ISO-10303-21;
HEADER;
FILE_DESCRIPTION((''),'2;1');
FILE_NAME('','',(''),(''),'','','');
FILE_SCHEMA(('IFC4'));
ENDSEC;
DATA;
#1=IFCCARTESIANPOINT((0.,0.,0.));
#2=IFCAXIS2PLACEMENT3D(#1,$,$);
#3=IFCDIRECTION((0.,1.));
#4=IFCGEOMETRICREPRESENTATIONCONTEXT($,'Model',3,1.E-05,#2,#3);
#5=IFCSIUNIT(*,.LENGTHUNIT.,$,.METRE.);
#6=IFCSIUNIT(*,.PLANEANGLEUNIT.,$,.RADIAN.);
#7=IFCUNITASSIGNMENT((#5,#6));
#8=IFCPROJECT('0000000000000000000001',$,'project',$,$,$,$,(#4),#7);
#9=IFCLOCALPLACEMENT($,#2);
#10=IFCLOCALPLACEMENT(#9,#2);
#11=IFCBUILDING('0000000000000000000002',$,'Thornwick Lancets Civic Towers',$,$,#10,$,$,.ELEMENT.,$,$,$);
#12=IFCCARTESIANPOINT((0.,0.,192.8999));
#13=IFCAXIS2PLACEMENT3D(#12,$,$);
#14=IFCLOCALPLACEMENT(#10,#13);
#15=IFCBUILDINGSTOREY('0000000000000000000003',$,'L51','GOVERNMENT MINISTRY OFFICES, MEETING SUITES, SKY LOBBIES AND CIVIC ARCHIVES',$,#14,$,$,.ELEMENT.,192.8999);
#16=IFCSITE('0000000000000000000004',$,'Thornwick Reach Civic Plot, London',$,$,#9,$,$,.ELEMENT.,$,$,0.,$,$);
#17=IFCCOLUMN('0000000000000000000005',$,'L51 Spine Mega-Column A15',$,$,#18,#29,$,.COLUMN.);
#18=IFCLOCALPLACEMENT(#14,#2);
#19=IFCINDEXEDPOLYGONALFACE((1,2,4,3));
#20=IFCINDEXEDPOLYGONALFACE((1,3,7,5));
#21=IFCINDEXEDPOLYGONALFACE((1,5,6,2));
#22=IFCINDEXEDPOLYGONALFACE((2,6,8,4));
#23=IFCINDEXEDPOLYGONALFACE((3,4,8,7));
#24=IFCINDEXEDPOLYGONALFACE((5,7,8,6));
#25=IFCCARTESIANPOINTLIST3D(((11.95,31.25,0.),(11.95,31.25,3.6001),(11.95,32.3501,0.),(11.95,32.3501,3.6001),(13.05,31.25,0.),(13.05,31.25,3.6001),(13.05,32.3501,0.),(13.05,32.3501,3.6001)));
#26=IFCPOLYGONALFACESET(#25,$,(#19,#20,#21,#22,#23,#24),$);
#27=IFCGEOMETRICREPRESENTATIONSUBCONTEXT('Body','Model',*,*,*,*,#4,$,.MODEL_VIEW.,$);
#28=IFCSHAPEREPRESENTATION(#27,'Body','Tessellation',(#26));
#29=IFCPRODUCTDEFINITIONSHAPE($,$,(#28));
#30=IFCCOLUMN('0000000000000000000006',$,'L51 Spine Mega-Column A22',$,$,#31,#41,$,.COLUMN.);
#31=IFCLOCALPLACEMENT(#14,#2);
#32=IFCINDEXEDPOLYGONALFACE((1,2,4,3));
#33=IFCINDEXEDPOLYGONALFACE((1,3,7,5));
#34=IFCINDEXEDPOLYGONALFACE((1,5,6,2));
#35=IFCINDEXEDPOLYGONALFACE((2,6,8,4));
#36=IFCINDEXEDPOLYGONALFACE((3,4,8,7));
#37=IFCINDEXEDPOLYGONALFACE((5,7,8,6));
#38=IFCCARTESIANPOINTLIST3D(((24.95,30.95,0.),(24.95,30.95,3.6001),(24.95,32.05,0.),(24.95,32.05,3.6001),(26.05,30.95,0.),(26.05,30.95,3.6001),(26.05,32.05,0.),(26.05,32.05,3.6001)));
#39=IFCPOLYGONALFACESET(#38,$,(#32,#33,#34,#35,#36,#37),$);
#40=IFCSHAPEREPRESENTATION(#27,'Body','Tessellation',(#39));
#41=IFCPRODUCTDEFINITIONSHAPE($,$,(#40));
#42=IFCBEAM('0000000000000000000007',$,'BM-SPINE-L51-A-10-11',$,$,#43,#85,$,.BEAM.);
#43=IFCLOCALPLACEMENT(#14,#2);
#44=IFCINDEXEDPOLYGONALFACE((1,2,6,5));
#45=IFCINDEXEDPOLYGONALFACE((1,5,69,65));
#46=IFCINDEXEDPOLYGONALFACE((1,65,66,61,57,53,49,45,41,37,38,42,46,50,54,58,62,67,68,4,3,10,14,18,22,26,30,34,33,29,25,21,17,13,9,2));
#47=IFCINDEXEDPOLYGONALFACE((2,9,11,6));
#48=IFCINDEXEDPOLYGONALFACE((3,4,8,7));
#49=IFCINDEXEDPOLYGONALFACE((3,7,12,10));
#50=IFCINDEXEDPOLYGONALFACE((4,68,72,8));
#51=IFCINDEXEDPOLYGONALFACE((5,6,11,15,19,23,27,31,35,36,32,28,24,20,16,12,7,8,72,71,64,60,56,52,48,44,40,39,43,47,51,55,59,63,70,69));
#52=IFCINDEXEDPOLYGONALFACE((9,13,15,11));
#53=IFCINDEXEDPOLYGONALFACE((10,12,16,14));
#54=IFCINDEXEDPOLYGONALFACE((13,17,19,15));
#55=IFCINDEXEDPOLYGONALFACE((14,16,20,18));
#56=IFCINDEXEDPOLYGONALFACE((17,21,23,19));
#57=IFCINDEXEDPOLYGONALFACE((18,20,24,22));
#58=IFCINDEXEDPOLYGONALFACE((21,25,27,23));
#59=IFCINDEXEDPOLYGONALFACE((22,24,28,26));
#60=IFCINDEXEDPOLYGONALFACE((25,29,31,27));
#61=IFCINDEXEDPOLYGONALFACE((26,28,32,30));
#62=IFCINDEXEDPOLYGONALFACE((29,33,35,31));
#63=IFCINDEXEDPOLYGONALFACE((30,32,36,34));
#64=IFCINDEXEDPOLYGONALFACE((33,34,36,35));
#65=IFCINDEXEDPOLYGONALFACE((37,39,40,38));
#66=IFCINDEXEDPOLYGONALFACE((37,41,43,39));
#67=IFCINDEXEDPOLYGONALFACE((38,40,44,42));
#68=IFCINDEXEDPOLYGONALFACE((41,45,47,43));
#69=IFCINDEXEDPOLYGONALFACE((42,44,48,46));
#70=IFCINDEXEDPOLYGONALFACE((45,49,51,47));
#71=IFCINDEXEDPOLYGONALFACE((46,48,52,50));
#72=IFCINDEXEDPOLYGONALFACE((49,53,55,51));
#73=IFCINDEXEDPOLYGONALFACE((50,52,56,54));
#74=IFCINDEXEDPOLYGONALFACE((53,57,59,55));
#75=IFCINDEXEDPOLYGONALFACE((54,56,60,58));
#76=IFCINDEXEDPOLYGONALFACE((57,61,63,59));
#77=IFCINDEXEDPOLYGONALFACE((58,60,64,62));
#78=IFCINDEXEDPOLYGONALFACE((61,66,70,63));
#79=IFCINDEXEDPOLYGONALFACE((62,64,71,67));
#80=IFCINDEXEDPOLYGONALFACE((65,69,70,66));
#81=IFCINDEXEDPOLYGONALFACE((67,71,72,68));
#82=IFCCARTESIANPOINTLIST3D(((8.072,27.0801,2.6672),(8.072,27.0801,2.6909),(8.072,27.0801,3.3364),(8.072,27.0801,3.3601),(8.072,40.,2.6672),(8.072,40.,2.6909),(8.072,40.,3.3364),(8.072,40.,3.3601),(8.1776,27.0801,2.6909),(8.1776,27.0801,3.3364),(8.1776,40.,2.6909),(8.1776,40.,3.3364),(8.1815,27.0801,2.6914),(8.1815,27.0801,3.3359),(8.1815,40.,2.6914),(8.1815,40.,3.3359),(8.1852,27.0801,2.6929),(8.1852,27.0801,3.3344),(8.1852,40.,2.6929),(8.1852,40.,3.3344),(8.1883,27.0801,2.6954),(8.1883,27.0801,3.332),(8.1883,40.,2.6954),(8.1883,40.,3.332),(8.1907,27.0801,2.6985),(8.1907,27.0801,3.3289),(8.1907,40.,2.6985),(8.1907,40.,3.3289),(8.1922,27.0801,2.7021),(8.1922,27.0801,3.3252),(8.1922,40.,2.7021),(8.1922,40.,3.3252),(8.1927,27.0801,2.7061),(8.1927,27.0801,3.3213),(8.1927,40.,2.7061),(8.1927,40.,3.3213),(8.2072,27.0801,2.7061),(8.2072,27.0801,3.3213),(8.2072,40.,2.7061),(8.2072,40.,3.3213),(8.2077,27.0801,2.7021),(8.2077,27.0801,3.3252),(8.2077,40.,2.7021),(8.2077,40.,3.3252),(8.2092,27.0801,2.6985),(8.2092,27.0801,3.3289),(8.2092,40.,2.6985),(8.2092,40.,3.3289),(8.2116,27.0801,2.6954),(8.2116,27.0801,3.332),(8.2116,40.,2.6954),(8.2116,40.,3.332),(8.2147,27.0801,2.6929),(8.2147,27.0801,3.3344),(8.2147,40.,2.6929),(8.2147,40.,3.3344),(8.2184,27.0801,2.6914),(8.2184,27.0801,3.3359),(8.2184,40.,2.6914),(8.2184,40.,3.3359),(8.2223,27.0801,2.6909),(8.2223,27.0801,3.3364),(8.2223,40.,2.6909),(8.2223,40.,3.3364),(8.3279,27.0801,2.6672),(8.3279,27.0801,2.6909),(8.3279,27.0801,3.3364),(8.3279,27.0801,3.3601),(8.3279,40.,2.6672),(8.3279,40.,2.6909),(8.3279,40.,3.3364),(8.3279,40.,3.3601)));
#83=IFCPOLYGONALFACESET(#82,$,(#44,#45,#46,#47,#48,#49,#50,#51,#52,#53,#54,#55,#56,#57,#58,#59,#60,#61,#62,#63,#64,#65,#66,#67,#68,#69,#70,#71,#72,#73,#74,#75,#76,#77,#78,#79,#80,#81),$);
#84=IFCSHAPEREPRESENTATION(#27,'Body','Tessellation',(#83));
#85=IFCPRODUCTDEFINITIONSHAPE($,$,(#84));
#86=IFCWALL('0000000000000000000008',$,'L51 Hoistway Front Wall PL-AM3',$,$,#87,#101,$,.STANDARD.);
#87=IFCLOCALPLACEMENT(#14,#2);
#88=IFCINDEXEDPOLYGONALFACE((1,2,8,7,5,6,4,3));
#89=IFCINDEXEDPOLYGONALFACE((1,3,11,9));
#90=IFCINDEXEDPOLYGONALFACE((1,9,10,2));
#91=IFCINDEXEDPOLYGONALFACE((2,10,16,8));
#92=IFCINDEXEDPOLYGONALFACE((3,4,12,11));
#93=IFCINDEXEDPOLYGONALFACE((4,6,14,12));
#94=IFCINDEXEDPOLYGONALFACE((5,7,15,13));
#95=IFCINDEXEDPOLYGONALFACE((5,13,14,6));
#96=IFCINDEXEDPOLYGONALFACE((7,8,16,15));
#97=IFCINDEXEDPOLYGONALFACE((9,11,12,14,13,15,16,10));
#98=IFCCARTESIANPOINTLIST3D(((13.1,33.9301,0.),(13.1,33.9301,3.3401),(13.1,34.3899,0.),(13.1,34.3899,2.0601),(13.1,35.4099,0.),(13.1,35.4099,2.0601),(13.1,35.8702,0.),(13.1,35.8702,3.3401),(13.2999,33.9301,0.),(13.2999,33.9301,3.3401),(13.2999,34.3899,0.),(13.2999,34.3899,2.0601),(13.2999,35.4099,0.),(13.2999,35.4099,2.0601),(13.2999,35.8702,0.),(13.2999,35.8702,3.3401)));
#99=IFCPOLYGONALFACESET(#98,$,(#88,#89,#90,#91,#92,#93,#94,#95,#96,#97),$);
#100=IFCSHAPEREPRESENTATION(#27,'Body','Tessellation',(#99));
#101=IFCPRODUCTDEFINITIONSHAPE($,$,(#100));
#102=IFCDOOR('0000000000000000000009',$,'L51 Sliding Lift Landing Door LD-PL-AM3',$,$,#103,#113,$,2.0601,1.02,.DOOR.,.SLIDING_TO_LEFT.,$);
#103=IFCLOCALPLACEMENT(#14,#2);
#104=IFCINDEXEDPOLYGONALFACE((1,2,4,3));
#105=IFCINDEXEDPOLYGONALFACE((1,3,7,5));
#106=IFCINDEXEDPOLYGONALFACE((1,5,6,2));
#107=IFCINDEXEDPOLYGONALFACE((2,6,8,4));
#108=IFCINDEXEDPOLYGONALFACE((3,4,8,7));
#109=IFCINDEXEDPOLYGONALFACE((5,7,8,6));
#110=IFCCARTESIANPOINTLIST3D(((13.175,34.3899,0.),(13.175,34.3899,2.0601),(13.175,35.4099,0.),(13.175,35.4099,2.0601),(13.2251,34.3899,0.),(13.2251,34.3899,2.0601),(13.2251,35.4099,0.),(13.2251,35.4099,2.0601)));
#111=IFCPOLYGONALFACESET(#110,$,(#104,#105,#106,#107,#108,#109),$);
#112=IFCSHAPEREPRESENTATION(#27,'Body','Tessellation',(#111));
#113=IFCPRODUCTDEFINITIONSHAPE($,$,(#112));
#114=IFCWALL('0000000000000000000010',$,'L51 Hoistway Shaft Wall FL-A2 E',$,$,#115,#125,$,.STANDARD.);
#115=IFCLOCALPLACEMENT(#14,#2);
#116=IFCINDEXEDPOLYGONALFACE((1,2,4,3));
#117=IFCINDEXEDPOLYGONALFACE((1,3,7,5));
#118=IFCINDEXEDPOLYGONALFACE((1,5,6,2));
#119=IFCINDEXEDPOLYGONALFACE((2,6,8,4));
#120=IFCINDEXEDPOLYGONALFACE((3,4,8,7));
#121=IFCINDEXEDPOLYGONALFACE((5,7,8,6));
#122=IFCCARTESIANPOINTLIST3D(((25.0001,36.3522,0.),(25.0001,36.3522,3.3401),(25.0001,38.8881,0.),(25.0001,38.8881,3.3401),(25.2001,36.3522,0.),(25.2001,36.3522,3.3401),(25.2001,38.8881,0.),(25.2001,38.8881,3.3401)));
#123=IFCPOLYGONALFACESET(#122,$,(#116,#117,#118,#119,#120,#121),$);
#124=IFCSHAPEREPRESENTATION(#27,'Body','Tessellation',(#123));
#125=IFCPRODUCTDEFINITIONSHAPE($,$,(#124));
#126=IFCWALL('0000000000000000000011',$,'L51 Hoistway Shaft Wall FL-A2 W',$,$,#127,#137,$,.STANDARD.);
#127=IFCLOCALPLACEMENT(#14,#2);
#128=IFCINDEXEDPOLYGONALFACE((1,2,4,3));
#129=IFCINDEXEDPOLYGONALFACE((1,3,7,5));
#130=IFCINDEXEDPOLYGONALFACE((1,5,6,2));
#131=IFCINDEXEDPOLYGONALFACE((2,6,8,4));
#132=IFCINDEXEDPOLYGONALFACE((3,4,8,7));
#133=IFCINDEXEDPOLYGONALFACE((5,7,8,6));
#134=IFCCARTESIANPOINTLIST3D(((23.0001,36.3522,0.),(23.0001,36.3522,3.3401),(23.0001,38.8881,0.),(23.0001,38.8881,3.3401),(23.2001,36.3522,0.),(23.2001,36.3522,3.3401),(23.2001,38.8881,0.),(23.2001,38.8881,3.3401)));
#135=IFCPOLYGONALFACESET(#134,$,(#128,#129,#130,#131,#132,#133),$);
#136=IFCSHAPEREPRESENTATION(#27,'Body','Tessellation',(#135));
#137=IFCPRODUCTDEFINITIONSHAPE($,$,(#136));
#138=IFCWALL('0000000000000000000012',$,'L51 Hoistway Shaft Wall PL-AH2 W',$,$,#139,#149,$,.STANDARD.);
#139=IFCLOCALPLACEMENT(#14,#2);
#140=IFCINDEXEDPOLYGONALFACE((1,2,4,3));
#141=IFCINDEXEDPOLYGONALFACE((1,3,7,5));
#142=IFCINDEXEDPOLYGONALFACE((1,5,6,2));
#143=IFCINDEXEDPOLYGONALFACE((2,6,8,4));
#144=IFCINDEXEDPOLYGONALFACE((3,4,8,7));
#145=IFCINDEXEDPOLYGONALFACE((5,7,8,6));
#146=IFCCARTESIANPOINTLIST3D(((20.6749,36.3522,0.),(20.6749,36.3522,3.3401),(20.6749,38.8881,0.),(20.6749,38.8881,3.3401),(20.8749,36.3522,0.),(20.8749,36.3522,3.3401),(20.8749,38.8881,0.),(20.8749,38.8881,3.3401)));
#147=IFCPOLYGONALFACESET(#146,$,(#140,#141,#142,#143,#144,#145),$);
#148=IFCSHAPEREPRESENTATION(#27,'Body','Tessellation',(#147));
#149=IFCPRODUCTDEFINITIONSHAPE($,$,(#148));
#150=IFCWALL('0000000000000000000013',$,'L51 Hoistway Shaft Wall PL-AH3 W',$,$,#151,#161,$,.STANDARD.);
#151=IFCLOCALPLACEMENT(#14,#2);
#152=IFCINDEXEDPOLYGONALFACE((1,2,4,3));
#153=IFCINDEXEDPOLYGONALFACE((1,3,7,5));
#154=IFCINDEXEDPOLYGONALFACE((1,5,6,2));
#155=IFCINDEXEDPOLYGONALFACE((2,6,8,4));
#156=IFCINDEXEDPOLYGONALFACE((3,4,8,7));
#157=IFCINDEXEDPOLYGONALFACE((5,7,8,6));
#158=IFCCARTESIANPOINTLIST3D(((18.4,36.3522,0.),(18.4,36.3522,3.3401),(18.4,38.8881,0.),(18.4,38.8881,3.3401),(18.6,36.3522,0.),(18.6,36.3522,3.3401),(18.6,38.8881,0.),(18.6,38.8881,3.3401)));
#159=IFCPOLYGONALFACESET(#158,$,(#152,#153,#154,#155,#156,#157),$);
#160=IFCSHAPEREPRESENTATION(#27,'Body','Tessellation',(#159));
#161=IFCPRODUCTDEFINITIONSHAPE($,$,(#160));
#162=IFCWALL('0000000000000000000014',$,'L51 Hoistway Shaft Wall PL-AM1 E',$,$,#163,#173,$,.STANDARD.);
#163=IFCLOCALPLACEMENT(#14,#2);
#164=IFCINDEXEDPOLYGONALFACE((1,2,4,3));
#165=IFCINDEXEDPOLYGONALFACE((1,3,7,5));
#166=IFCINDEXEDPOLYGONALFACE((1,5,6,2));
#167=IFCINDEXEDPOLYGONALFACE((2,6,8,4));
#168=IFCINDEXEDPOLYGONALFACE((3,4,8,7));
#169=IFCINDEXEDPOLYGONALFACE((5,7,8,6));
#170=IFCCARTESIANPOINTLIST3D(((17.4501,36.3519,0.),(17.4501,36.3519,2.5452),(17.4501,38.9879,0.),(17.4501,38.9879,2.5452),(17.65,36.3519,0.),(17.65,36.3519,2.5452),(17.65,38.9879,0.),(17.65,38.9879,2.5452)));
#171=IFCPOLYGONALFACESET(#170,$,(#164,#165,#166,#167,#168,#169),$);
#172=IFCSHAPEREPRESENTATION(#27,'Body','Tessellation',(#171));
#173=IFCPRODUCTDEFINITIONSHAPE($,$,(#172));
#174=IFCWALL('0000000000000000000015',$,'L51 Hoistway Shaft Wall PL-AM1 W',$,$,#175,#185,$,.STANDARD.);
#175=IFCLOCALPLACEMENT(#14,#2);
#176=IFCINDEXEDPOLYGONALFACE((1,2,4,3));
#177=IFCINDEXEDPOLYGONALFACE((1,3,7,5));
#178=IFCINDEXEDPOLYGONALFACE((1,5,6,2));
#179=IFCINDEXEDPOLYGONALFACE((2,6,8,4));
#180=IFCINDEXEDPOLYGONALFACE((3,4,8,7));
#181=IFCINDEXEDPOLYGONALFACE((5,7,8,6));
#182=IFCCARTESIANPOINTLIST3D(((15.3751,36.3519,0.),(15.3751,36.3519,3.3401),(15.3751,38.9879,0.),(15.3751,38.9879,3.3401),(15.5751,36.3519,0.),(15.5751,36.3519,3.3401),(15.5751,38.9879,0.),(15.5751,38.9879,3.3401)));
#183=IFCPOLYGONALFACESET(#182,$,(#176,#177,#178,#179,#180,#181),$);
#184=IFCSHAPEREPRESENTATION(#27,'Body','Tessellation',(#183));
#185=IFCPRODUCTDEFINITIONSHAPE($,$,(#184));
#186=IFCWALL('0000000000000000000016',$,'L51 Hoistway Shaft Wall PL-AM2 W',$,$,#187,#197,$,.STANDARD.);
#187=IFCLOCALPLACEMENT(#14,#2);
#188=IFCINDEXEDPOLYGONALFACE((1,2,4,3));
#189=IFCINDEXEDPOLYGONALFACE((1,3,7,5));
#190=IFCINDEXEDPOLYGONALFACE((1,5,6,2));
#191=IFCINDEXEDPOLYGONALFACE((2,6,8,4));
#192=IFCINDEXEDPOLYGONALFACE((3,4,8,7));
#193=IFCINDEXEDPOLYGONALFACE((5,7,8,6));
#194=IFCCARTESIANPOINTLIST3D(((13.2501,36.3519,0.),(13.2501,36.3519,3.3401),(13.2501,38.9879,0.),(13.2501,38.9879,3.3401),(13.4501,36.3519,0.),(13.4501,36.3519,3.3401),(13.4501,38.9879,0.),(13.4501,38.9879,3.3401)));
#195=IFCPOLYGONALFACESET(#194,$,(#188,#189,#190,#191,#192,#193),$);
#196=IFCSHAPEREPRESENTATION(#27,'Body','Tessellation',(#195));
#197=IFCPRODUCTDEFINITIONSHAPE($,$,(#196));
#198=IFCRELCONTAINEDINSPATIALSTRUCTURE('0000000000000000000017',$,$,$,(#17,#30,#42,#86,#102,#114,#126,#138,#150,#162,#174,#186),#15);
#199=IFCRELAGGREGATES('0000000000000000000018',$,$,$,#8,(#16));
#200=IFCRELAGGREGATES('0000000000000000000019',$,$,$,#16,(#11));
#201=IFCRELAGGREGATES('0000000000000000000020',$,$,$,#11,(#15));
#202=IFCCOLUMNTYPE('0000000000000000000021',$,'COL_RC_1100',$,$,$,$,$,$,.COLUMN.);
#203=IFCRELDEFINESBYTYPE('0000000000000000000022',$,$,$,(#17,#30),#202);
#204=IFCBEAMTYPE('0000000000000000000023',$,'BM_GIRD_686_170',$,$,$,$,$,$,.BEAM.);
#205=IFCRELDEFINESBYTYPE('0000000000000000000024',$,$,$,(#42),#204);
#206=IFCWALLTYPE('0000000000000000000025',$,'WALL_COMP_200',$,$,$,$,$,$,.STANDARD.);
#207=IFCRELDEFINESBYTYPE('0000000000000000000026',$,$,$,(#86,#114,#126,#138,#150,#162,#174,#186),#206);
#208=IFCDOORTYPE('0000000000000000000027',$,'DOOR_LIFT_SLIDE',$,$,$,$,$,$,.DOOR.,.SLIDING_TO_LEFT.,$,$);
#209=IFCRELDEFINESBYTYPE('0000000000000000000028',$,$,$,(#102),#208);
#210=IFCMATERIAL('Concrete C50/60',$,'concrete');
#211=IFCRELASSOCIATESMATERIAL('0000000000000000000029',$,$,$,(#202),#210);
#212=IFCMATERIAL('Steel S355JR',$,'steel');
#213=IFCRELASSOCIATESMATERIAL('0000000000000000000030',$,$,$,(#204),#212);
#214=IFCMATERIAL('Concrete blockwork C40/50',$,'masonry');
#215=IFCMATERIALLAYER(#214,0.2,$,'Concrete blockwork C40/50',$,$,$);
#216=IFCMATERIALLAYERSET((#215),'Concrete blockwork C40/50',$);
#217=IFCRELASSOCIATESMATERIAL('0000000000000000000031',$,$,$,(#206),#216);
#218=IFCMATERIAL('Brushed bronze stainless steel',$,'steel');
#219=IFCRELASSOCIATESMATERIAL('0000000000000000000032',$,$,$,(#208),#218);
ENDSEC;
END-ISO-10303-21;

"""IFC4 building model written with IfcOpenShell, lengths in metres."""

from ifc_helpers import new_model, si_unit, direction, frame, frame_2d, origin, origin_2d, place, context, subcontext, project, spatial, rectangle, i_section, extrude, material, layer, layer_set, material_profile, profile_set, type_object, element, fill, save


model = new_model("IFC4")

# Units and contexts
model_context = context("Model", 3, precision=1e-05, world=origin(), true_north=direction((0.0, 1.0)))
body_context = subcontext(model_context, "Body", "Model", "MODEL_VIEW")
ifc_project = project(units=[si_unit("LENGTHUNIT", "METRE"), si_unit("PLANEANGLEUNIT", "RADIAN")], contexts=[model_context])

# Site, building, storey
site_placement = place(None, origin())
site = spatial("IfcSite", under=ifc_project, at=site_placement, Name="Thornwick Reach Civic Plot, London", CompositionType="ELEMENT", RefElevation=0.0)
building_placement = place(site_placement, origin())
building = spatial("IfcBuilding", under=site, at=building_placement, Name="Thornwick Lancets Civic Towers", CompositionType="ELEMENT")
storey_placement = place(building_placement, frame((0.0, 0.0, 192.8999)))
storey = spatial("IfcBuildingStorey", under=building, at=storey_placement, Name="L51", Description="GOVERNMENT MINISTRY OFFICES, MEETING SUITES, SKY LOBBIES AND CIVIC ARCHIVES", CompositionType="ELEMENT", Elevation=192.8999)

# Columns
ifc_material_1 = material(Name="Concrete C50/60", Category="concrete")
ifc_material_profile_1 = material_profile(ifc_material_1, rectangle(XDim=1.1001, YDim=1.1001, at=origin_2d()), Name="RC 1100x1100")
ifc_profile_set_1 = profile_set([ifc_material_profile_1], Name="Concrete C50/60")
column_type = type_object("IfcColumnType", Name="COL_RC_1100", PredefinedType="COLUMN", material=ifc_profile_set_1)
for number, where, z_axis, x_axis, name in (
    (1, (12.5, 31.8, 0.0), (0.0, 0.0, 1.0), (1.0, 0.0, 0.0), "L51 Spine Mega-Column A15"),
    (2, (25.5, 31.5, 0.0), (0.0, 0.0, 1.0), (1.0, 0.0, 0.0), "L51 Spine Mega-Column A22"),
):
    element("IfcColumn", number, at=place(storey_placement, frame(where, z_axis=z_axis, x_axis=x_axis)), inside=storey, type_object=column_type, Name=name, PredefinedType="COLUMN", context=body_context, shape_type="SweptSolid", body=[
        extrude(rectangle(XDim=1.1001, YDim=1.1001, at=origin_2d()), origin(), (0.0, 0.0, 1.0), 3.6001),
    ])

# Beam
ifc_material_2 = material(Name="Steel S355JR", Category="steel")
ifc_material_profile_2 = material_profile(ifc_material_2, i_section(OverallWidth=0.2559, OverallDepth=0.6929, WebThickness=0.0144, FlangeThickness=0.0237, FilletRadius=0.0151, at=origin_2d()), Name="UKB 686x254x170")
ifc_profile_set_2 = profile_set([ifc_material_profile_2], Name="Steel S355JR")
beam_type = type_object("IfcBeamType", Name="BM_GIRD_686_170", PredefinedType="BEAM", material=ifc_profile_set_2)
beam_placement = place(storey_placement, frame((8.2, 27.0801, 3.0137), z_axis=(0.0, 1.0, 0.0), x_axis=(-1.0, 0.0, 0.0)))
element("IfcBeam", 3, at=beam_placement, inside=storey, type_object=beam_type, Name="BM-SPINE-L51-A-10-11", PredefinedType="BEAM", context=body_context, shape_type="SweptSolid", body=[
    extrude(i_section(OverallWidth=0.2559, OverallDepth=0.6929, WebThickness=0.0144, FlangeThickness=0.0237, FilletRadius=0.0151, at=origin_2d()), origin(), (0.0, 0.0, 1.0), 12.9199),
])

# Wall, opening, door
ifc_material_3 = material(Name="Concrete blockwork C40/50", Category="masonry")
ifc_layer_1 = layer(ifc_material_3, 0.2, Name="Concrete blockwork C40/50")
ifc_layer_set_1 = layer_set([ifc_layer_1], Name="Concrete blockwork C40/50")
wall_type_1 = type_object("IfcWallType", Name="WALL_COMP_200", PredefinedType="STANDARD", material=ifc_layer_set_1)
wall_1_placement = place(storey_placement, frame((13.2, 33.9299, 0.0), z_axis=(0.0, 0.0, 1.0), x_axis=(0.0, 1.0, 0.0)))
wall_1 = element("IfcWall", 4, at=wall_1_placement, inside=storey, type_object=wall_type_1, Name="L51 Hoistway Front Wall PL-AM3", PredefinedType="STANDARD", context=body_context, shape_type="SweptSolid", body=[
    extrude(rectangle(XDim=1.9402, YDim=0.2, at=frame_2d((0.9702, 0.0))), origin(), (0.0, 0.0, 1.0), 3.3401),
])
opening_1_placement = place(wall_1_placement, frame((0.46, 0.0, 0.0)))
opening_1 = element("IfcOpeningElement", 5, at=opening_1_placement, cuts=wall_1, PredefinedType="OPENING", context=body_context, shape_type="SweptSolid", body=[
    extrude(rectangle(XDim=1.02, YDim=2.0601, at=frame_2d((0.51, 1.03))), frame((0.0, 0.1099, 0.0), z_axis=(0.0, -1.0, 0.0), x_axis=(1.0, 0.0, 0.0)), (0.0, 0.0, 1.0), 0.22),
])
ifc_material_4 = material(Name="Brushed bronze stainless steel", Category="steel")
door_type_1 = type_object("IfcDoorType", Name="DOOR_LIFT_SLIDE", OperationType="SLIDING_TO_LEFT", PredefinedType="DOOR", material=ifc_material_4)
door_1_placement = place(opening_1_placement, origin())
door_1 = element("IfcDoor", 6, at=door_1_placement, inside=storey, type_object=door_type_1, Name="L51 Sliding Lift Landing Door LD-PL-AM3", OperationType="SLIDING_TO_LEFT", OverallHeight=2.0601, OverallWidth=1.02, PredefinedType="DOOR", context=body_context, shape_type="SweptSolid", body=[
    extrude(rectangle(XDim=1.02, YDim=2.0601, at=frame_2d((0.51, 1.03))), frame((0.0, 0.0249, 0.0), z_axis=(0.0, -1.0, 0.0), x_axis=(1.0, 0.0, 0.0)), (0.0, 0.0, 1.0), 0.05),
])
fill(opening_1, door_1)

# Walls
for number, where, z_axis, x_axis, name in (
    (7, (25.1001, 36.3521, 0.0), (0.0, 0.0, 1.0), (0.0, 1.0, 0.0), "L51 Hoistway Shaft Wall FL-A2 E"),
    (8, (23.1001, 36.3521, 0.0), (0.0, 0.0, 1.0), (0.0, 1.0, 0.0), "L51 Hoistway Shaft Wall FL-A2 W"),
    (9, (20.7749, 36.3521, 0.0), (0.0, 0.0, 1.0), (0.0, 1.0, 0.0), "L51 Hoistway Shaft Wall PL-AH2 W"),
    (10, (18.5, 36.3521, 0.0), (0.0, 0.0, 1.0), (0.0, 1.0, 0.0), "L51 Hoistway Shaft Wall PL-AH3 W"),
):
    element("IfcWall", number, at=place(storey_placement, frame(where, z_axis=z_axis, x_axis=x_axis)), inside=storey, type_object=wall_type_1, Name=name, PredefinedType="STANDARD", context=body_context, shape_type="SweptSolid", body=[
        extrude(rectangle(XDim=2.5359, YDim=0.2, at=frame_2d((1.2681, 0.0))), origin(), (0.0, 0.0, 1.0), 3.3401),
    ])
wall_2_placement = place(storey_placement, frame((17.55, 36.3521, 0.0), z_axis=(0.0, 0.0, 1.0), x_axis=(0.0, 1.0, 0.0)))
element("IfcWall", 11, at=wall_2_placement, inside=storey, type_object=wall_type_1, Name="L51 Hoistway Shaft Wall PL-AM1 E", PredefinedType="STANDARD", context=body_context, shape_type="SweptSolid", body=[
    extrude(rectangle(XDim=2.636, YDim=0.2, at=frame_2d((1.3179, 0.0))), origin(), (0.0, 0.0, 1.0), 2.5452),
])
for number, where, z_axis, x_axis, name in (
    (12, (15.4751, 36.3521, 0.0), (0.0, 0.0, 1.0), (0.0, 1.0, 0.0), "L51 Hoistway Shaft Wall PL-AM1 W"),
    (13, (13.3501, 36.3521, 0.0), (0.0, 0.0, 1.0), (0.0, 1.0, 0.0), "L51 Hoistway Shaft Wall PL-AM2 W"),
):
    element("IfcWall", number, at=place(storey_placement, frame(where, z_axis=z_axis, x_axis=x_axis)), inside=storey, type_object=wall_type_1, Name=name, PredefinedType="STANDARD", context=body_context, shape_type="SweptSolid", body=[
        extrude(rectangle(XDim=2.636, YDim=0.2, at=frame_2d((1.3179, 0.0))), origin(), (0.0, 0.0, 1.0), 3.3401),
    ])

save(model, "model.ifc")
